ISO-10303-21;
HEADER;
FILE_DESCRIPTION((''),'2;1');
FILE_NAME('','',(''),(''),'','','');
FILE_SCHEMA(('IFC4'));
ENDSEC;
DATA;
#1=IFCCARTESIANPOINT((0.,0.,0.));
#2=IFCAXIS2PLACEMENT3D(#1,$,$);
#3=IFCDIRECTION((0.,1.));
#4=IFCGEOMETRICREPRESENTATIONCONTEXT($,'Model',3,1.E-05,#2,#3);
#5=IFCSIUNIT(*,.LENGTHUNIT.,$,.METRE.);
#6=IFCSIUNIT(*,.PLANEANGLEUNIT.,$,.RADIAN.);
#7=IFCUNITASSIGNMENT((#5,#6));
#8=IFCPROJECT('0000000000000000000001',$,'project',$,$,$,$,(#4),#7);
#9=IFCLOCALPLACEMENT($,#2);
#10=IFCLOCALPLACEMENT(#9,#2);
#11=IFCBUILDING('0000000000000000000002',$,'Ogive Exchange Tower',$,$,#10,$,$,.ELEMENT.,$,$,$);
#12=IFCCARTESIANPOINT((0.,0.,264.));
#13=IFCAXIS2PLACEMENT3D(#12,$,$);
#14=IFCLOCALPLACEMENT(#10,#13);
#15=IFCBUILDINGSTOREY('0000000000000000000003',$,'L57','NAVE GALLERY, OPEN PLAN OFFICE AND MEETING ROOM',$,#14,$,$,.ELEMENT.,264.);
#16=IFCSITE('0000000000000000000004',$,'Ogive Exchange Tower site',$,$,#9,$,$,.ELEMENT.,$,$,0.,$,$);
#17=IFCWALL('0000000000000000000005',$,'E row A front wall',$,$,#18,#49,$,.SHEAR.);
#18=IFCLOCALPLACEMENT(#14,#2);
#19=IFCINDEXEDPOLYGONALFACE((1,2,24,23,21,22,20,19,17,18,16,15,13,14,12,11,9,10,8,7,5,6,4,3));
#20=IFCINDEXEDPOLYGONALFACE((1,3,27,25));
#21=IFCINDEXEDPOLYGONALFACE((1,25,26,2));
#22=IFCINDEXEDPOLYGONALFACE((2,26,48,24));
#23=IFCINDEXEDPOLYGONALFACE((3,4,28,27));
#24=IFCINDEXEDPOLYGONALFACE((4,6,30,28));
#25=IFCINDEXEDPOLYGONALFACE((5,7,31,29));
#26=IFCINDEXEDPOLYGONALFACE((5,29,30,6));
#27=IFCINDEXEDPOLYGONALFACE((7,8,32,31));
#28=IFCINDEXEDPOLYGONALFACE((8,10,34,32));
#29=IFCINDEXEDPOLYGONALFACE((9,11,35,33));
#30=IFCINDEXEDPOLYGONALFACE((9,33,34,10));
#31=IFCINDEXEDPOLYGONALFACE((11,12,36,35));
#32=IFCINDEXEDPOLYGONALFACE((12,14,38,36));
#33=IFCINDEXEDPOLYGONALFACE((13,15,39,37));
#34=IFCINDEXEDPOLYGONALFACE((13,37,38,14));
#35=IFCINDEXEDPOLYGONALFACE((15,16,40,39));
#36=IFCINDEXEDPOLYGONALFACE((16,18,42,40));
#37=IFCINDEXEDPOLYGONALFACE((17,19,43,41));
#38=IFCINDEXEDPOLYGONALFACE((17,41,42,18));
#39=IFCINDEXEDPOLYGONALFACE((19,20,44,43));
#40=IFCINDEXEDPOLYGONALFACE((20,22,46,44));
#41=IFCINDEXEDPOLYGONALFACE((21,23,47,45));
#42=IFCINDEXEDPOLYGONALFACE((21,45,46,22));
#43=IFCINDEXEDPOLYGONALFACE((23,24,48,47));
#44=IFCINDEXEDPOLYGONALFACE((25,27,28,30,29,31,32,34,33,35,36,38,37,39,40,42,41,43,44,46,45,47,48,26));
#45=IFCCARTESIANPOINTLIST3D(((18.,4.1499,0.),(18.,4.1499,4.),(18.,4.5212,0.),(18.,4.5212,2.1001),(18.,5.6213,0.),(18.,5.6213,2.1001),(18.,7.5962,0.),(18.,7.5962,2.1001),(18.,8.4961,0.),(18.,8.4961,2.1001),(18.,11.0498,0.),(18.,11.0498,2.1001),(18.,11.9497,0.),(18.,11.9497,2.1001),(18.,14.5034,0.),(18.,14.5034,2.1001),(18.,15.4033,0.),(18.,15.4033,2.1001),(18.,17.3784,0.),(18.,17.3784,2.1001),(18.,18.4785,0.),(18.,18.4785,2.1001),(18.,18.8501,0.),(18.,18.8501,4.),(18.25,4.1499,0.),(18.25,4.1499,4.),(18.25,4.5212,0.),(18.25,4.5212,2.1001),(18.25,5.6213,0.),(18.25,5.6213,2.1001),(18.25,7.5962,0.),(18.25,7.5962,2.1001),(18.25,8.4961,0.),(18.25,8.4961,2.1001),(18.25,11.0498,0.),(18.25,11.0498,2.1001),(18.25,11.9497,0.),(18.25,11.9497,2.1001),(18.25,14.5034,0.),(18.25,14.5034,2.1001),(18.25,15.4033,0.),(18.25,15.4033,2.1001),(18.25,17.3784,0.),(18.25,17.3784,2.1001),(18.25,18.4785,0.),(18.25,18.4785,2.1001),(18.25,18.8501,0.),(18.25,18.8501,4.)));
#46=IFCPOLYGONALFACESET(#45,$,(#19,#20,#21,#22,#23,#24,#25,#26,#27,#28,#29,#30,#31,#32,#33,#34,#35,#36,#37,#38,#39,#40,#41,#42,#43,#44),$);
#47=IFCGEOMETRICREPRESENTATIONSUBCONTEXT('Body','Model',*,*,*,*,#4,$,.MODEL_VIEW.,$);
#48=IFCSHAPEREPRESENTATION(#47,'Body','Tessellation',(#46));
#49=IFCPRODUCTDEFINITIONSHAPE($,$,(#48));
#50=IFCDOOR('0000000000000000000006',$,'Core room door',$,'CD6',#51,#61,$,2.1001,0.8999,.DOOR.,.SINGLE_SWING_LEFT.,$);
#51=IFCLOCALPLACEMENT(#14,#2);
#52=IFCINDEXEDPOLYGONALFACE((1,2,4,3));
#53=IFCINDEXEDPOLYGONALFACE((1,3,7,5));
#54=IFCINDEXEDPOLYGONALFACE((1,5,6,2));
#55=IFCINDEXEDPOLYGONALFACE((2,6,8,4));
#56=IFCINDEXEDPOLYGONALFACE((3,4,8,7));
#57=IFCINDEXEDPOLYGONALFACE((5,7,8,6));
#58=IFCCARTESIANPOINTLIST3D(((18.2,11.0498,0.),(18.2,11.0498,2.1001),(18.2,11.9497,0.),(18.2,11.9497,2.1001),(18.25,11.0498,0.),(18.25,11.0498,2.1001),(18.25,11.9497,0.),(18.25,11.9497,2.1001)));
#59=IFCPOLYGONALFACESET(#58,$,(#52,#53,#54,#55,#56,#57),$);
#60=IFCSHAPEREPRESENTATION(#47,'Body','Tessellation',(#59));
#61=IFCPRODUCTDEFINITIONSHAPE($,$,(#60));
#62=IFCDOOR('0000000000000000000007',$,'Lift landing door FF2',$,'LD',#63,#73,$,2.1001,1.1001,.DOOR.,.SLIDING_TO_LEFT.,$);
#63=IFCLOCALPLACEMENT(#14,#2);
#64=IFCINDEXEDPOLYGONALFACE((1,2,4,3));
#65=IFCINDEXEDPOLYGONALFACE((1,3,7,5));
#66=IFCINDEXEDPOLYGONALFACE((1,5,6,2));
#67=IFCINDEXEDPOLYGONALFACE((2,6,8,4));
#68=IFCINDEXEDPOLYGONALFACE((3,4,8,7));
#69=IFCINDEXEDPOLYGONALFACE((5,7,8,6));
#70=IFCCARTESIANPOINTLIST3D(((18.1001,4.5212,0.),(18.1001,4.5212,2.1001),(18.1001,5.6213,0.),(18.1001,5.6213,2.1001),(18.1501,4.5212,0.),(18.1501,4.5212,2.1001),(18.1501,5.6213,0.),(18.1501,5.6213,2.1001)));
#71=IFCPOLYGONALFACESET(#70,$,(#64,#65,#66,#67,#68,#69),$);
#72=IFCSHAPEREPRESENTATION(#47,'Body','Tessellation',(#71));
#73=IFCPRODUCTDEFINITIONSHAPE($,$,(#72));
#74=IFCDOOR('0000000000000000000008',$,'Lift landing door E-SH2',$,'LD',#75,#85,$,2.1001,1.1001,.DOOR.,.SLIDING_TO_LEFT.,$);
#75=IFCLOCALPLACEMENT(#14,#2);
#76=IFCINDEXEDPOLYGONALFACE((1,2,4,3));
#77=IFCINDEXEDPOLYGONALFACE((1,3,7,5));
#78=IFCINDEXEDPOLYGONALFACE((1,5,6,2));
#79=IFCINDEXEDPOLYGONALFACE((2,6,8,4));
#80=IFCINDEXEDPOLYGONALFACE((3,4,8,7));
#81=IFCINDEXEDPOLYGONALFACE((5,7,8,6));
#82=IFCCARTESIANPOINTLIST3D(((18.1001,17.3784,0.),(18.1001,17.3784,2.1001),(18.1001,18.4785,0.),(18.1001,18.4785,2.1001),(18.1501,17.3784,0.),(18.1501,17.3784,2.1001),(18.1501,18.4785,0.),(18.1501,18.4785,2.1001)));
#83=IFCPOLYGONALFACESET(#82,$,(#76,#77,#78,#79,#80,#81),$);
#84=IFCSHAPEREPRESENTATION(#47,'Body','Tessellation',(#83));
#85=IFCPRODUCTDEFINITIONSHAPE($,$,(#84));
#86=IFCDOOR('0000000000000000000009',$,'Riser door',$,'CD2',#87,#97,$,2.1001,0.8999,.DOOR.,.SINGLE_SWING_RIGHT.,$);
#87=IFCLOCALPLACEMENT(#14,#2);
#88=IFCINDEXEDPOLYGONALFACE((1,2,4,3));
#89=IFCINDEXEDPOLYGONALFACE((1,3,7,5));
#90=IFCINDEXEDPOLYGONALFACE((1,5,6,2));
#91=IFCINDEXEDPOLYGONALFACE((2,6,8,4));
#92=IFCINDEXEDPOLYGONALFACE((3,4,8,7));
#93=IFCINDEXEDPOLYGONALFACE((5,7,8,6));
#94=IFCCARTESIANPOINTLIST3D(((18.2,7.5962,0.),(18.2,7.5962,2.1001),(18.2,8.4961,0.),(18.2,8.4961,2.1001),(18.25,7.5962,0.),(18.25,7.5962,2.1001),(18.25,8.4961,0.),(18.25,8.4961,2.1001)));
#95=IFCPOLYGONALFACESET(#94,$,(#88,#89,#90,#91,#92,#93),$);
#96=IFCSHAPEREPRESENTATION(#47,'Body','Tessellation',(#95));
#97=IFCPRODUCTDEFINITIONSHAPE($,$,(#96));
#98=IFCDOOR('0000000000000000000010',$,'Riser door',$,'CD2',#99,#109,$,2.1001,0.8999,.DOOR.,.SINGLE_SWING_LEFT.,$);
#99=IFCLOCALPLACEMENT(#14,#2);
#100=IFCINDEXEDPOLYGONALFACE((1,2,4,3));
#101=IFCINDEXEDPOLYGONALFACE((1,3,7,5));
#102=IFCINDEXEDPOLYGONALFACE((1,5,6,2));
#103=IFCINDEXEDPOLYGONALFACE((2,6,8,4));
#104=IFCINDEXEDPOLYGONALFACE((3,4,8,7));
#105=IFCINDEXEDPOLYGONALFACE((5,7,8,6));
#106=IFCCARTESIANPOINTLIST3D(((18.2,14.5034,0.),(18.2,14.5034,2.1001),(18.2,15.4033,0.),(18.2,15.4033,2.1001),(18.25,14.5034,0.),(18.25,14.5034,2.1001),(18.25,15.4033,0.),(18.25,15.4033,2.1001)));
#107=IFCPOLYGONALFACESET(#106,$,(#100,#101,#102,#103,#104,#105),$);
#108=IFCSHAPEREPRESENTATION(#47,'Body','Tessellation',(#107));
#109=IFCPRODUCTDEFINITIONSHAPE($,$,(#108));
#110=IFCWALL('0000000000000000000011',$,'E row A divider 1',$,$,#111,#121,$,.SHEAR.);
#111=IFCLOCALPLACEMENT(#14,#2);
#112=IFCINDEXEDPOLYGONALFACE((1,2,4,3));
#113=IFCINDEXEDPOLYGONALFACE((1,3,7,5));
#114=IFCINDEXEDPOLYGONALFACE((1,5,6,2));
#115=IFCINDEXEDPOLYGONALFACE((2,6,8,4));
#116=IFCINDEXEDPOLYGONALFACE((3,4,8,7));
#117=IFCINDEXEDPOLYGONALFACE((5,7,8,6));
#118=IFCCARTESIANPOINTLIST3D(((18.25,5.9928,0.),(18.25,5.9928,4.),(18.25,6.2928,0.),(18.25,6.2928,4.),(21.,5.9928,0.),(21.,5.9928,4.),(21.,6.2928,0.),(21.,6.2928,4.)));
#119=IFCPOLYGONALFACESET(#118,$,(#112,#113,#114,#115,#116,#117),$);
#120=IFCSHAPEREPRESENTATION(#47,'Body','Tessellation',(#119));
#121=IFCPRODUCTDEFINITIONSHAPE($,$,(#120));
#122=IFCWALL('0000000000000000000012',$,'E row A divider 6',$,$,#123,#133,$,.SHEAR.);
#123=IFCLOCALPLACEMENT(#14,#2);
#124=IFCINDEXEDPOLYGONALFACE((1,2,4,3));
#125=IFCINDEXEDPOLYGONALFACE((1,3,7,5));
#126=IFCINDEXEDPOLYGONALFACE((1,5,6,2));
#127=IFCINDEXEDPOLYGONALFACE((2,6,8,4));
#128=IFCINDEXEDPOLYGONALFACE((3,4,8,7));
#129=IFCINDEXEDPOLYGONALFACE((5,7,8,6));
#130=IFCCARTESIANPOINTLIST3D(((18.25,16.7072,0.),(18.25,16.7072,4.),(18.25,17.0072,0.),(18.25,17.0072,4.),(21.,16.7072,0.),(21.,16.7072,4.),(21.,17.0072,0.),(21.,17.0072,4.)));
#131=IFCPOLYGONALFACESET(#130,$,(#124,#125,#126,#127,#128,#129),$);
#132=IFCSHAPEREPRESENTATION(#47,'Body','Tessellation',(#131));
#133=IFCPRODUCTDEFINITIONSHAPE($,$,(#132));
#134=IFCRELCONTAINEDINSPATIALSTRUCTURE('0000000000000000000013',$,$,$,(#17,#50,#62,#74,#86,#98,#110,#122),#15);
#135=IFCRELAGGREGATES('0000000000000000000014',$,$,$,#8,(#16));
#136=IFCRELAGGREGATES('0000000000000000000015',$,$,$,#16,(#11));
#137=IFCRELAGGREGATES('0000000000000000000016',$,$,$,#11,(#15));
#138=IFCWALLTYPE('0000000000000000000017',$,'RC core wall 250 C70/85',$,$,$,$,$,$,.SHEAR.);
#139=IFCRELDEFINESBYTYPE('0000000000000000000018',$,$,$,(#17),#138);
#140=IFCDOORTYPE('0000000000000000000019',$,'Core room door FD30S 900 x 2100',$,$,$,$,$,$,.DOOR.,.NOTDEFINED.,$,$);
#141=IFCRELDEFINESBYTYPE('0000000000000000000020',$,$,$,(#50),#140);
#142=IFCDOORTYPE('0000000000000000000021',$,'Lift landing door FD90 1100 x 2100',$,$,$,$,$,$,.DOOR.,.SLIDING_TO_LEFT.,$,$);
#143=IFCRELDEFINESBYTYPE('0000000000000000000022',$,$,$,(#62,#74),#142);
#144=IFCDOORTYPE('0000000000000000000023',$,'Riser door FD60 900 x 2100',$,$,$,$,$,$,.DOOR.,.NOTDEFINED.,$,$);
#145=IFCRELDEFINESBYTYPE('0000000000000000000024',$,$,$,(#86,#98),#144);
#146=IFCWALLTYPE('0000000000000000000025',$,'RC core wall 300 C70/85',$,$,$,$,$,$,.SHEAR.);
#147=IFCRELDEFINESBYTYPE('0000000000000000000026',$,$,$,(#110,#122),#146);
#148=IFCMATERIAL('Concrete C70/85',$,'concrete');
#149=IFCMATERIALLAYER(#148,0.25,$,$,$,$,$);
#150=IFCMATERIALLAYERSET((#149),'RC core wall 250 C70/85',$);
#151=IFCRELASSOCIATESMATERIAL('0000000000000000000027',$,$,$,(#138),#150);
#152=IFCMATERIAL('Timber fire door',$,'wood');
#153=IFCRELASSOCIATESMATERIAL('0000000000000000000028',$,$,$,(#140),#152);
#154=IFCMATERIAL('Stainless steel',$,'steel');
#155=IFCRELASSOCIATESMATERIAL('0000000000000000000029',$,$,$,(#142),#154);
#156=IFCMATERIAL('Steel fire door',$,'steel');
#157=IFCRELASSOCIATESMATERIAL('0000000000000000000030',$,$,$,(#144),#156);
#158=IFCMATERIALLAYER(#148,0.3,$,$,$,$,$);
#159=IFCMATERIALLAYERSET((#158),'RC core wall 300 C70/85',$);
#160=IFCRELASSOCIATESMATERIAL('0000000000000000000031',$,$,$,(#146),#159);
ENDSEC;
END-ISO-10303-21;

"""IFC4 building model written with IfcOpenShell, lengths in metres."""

from ifc_helpers import new_model, si_unit, direction, frame, frame_2d, origin, place, context, subcontext, project, spatial, rectangle, extrude, material, layer, layer_set, type_object, element, fill, save


model = new_model("IFC4")

# Units and contexts
model_context = context("Model", 3, precision=1e-05, world=origin(), true_north=direction((0.0, 1.0)))
body_context = subcontext(model_context, "Body", "Model", "MODEL_VIEW")
ifc_project = project(units=[si_unit("LENGTHUNIT", "METRE"), si_unit("PLANEANGLEUNIT", "RADIAN")], contexts=[model_context])

# Site, building, storey
site_placement = place(None, origin())
site = spatial("IfcSite", under=ifc_project, at=site_placement, Name="Ogive Exchange Tower site", CompositionType="ELEMENT", RefElevation=0.0)
building_placement = place(site_placement, origin())
building = spatial("IfcBuilding", under=site, at=building_placement, Name="Ogive Exchange Tower", CompositionType="ELEMENT")
storey_placement = place(building_placement, frame((0.0, 0.0, 264.0)))
storey = spatial("IfcBuildingStorey", under=building, at=storey_placement, Name="L57", Description="NAVE GALLERY, OPEN PLAN OFFICE AND MEETING ROOM", CompositionType="ELEMENT", Elevation=264.0)

# Wall, openings, doors
ifc_material_1 = material(Name="Concrete C70/85", Category="concrete")
ifc_layer_1 = layer(ifc_material_1, 0.25)
ifc_layer_set_1 = layer_set([ifc_layer_1], Name="RC core wall 250 C70/85")
wall_type_1 = type_object("IfcWallType", Name="RC core wall 250 C70/85", PredefinedType="SHEAR", material=ifc_layer_set_1)
wall_1_placement = place(storey_placement, frame((18.125, 4.1499, 0.0), z_axis=(0.0, 0.0, 1.0), x_axis=(0.0, 1.0, 0.0)))
wall_1 = element("IfcWall", 1, at=wall_1_placement, inside=storey, type_object=wall_type_1, Name="E row A front wall", PredefinedType="SHEAR", context=body_context, shape_type="SweptSolid", body=[
    extrude(rectangle(XDim=14.7002, YDim=0.25, at=frame_2d((7.3501, 0.0))), origin(), (0.0, 0.0, 1.0), 4.0),
])
opening_1_placement = place(wall_1_placement, frame((3.4463, 0.0, 0.0)))
opening_1 = element("IfcOpeningElement", 2, at=opening_1_placement, cuts=wall_1, PredefinedType="OPENING", context=body_context, shape_type="SweptSolid", body=[
    extrude(rectangle(XDim=0.8999, YDim=2.1001, at=frame_2d((0.45, 1.05))), frame((0.0, 0.135, 0.0), z_axis=(0.0, -1.0, 0.0), x_axis=(1.0, 0.0, 0.0)), (0.0, 0.0, 1.0), 0.27),
])
opening_2_placement = place(wall_1_placement, frame((6.8999, 0.0, 0.0)))
opening_2 = element("IfcOpeningElement", 3, at=opening_2_placement, cuts=wall_1, PredefinedType="OPENING", context=body_context, shape_type="SweptSolid", body=[
    extrude(rectangle(XDim=0.8999, YDim=2.1001, at=frame_2d((0.45, 1.05))), frame((0.0, 0.135, 0.0), z_axis=(0.0, -1.0, 0.0), x_axis=(1.0, 0.0, 0.0)), (0.0, 0.0, 1.0), 0.27),
])
opening_3_placement = place(wall_1_placement, frame((10.3535, 0.0, 0.0)))
opening_3 = element("IfcOpeningElement", 4, at=opening_3_placement, cuts=wall_1, PredefinedType="OPENING", context=body_context, shape_type="SweptSolid", body=[
    extrude(rectangle(XDim=0.8999, YDim=2.1001, at=frame_2d((0.45, 1.05))), frame((0.0, 0.135, 0.0), z_axis=(0.0, -1.0, 0.0), x_axis=(1.0, 0.0, 0.0)), (0.0, 0.0, 1.0), 0.27),
])
opening_4_placement = place(wall_1_placement, frame((0.3713, 0.0, 0.0)))
opening_4 = element("IfcOpeningElement", 5, at=opening_4_placement, cuts=wall_1, PredefinedType="OPENING", context=body_context, shape_type="SweptSolid", body=[
    extrude(rectangle(XDim=1.1001, YDim=2.1001, at=frame_2d((0.55, 1.05))), frame((0.0, 0.135, 0.0), z_axis=(0.0, -1.0, 0.0), x_axis=(1.0, 0.0, 0.0)), (0.0, 0.0, 1.0), 0.27),
])
opening_5_placement = place(wall_1_placement, frame((13.2285, 0.0, 0.0)))
opening_5 = element("IfcOpeningElement", 6, at=opening_5_placement, cuts=wall_1, PredefinedType="OPENING", context=body_context, shape_type="SweptSolid", body=[
    extrude(rectangle(XDim=1.1001, YDim=2.1001, at=frame_2d((0.55, 1.05))), frame((0.0, 0.135, 0.0), z_axis=(0.0, -1.0, 0.0), x_axis=(1.0, 0.0, 0.0)), (0.0, 0.0, 1.0), 0.27),
])
ifc_material_2 = material(Name="Timber fire door", Category="wood")
door_type_1 = type_object("IfcDoorType", Name="Core room door FD30S 900 x 2100", OperationType="NOTDEFINED", PredefinedType="DOOR", material=ifc_material_2)
door_1_placement = place(opening_2_placement, frame((0.8999, -0.2002, 0.0), z_axis=(0.0, 0.0, 1.0), x_axis=(-1.0, 0.0, 0.0)))
door_1 = element("IfcDoor", 7, at=door_1_placement, inside=storey, type_object=door_type_1, Name="Core room door", ObjectType="CD6", OperationType="SINGLE_SWING_LEFT", OverallHeight=2.1001, OverallWidth=0.8999, PredefinedType="DOOR", context=body_context, shape_type="SweptSolid", body=[
    extrude(rectangle(XDim=0.8999, YDim=2.1001, at=frame_2d((0.45, 1.05))), frame((0.0, -0.0752, 0.0), z_axis=(0.0, -1.0, 0.0), x_axis=(1.0, 0.0, 0.0)), (0.0, 0.0, 1.0), 0.05),
])
fill(opening_2, door_1)
ifc_material_3 = material(Name="Stainless steel", Category="steel")
door_type_2 = type_object("IfcDoorType", Name="Lift landing door FD90 1100 x 2100", OperationType="SLIDING_TO_LEFT", PredefinedType="DOOR", material=ifc_material_3)
door_2_placement = place(opening_4_placement, origin())
door_2 = element("IfcDoor", 8, at=door_2_placement, inside=storey, type_object=door_type_2, Name="Lift landing door FF2", ObjectType="LD", OperationType="SLIDING_TO_LEFT", OverallHeight=2.1001, OverallWidth=1.1001, PredefinedType="DOOR", context=body_context, shape_type="SweptSolid", body=[
    extrude(rectangle(XDim=1.1001, YDim=2.1001, at=frame_2d((0.55, 1.05))), frame((0.0, 0.0249, 0.0), z_axis=(0.0, -1.0, 0.0), x_axis=(1.0, 0.0, 0.0)), (0.0, 0.0, 1.0), 0.05),
])
fill(opening_4, door_2)
door_3_placement = place(opening_5_placement, origin())
door_3 = element("IfcDoor", 9, at=door_3_placement, inside=storey, type_object=door_type_2, Name="Lift landing door E-SH2", ObjectType="LD", OperationType="SLIDING_TO_LEFT", OverallHeight=2.1001, OverallWidth=1.1001, PredefinedType="DOOR", context=body_context, shape_type="SweptSolid", body=[
    extrude(rectangle(XDim=1.1001, YDim=2.1001, at=frame_2d((0.55, 1.05))), frame((0.0, 0.0249, 0.0), z_axis=(0.0, -1.0, 0.0), x_axis=(1.0, 0.0, 0.0)), (0.0, 0.0, 1.0), 0.05),
])
fill(opening_5, door_3)
ifc_material_4 = material(Name="Steel fire door", Category="steel")
door_type_3 = type_object("IfcDoorType", Name="Riser door FD60 900 x 2100", OperationType="NOTDEFINED", PredefinedType="DOOR", material=ifc_material_4)
door_4_placement = place(opening_1_placement, frame((0.8999, -0.2002, 0.0), z_axis=(0.0, 0.0, 1.0), x_axis=(-1.0, 0.0, 0.0)))
door_4 = element("IfcDoor", 10, at=door_4_placement, inside=storey, type_object=door_type_3, Name="Riser door", ObjectType="CD2", OperationType="SINGLE_SWING_RIGHT", OverallHeight=2.1001, OverallWidth=0.8999, PredefinedType="DOOR", context=body_context, shape_type="SweptSolid", body=[
    extrude(rectangle(XDim=0.8999, YDim=2.1001, at=frame_2d((0.45, 1.05))), frame((0.0, -0.0752, 0.0), z_axis=(0.0, -1.0, 0.0), x_axis=(1.0, 0.0, 0.0)), (0.0, 0.0, 1.0), 0.05),
])
fill(opening_1, door_4)
door_5_placement = place(opening_3_placement, frame((0.8999, -0.2002, 0.0), z_axis=(0.0, 0.0, 1.0), x_axis=(-1.0, 0.0, 0.0)))
door_5 = element("IfcDoor", 11, at=door_5_placement, inside=storey, type_object=door_type_3, Name="Riser door", ObjectType="CD2", OperationType="SINGLE_SWING_LEFT", OverallHeight=2.1001, OverallWidth=0.8999, PredefinedType="DOOR", context=body_context, shape_type="SweptSolid", body=[
    extrude(rectangle(XDim=0.8999, YDim=2.1001, at=frame_2d((0.45, 1.05))), frame((0.0, -0.0752, 0.0), z_axis=(0.0, -1.0, 0.0), x_axis=(1.0, 0.0, 0.0)), (0.0, 0.0, 1.0), 0.05),
])
fill(opening_3, door_5)

# Walls
ifc_layer_2 = layer(ifc_material_1, 0.3)
ifc_layer_set_2 = layer_set([ifc_layer_2], Name="RC core wall 300 C70/85")
wall_type_2 = type_object("IfcWallType", Name="RC core wall 300 C70/85", PredefinedType="SHEAR", material=ifc_layer_set_2)
for number, where, z_axis, x_axis, name in (
    (12, (18.25, 6.1428, 0.0), (0.0, 0.0, 1.0), (1.0, 0.0, 0.0), "E row A divider 1"),
    (13, (18.25, 16.8572, 0.0), (0.0, 0.0, 1.0), (1.0, 0.0, 0.0), "E row A divider 6"),
):
    element("IfcWall", number, at=place(storey_placement, frame(where, z_axis=z_axis, x_axis=x_axis)), inside=storey, type_object=wall_type_2, Name=name, PredefinedType="SHEAR", context=body_context, shape_type="SweptSolid", body=[
        extrude(rectangle(XDim=2.75, YDim=0.3, at=frame_2d((1.375, 0.0))), origin(), (0.0, 0.0, 1.0), 4.0),
    ])

save(model, "model.ifc")
